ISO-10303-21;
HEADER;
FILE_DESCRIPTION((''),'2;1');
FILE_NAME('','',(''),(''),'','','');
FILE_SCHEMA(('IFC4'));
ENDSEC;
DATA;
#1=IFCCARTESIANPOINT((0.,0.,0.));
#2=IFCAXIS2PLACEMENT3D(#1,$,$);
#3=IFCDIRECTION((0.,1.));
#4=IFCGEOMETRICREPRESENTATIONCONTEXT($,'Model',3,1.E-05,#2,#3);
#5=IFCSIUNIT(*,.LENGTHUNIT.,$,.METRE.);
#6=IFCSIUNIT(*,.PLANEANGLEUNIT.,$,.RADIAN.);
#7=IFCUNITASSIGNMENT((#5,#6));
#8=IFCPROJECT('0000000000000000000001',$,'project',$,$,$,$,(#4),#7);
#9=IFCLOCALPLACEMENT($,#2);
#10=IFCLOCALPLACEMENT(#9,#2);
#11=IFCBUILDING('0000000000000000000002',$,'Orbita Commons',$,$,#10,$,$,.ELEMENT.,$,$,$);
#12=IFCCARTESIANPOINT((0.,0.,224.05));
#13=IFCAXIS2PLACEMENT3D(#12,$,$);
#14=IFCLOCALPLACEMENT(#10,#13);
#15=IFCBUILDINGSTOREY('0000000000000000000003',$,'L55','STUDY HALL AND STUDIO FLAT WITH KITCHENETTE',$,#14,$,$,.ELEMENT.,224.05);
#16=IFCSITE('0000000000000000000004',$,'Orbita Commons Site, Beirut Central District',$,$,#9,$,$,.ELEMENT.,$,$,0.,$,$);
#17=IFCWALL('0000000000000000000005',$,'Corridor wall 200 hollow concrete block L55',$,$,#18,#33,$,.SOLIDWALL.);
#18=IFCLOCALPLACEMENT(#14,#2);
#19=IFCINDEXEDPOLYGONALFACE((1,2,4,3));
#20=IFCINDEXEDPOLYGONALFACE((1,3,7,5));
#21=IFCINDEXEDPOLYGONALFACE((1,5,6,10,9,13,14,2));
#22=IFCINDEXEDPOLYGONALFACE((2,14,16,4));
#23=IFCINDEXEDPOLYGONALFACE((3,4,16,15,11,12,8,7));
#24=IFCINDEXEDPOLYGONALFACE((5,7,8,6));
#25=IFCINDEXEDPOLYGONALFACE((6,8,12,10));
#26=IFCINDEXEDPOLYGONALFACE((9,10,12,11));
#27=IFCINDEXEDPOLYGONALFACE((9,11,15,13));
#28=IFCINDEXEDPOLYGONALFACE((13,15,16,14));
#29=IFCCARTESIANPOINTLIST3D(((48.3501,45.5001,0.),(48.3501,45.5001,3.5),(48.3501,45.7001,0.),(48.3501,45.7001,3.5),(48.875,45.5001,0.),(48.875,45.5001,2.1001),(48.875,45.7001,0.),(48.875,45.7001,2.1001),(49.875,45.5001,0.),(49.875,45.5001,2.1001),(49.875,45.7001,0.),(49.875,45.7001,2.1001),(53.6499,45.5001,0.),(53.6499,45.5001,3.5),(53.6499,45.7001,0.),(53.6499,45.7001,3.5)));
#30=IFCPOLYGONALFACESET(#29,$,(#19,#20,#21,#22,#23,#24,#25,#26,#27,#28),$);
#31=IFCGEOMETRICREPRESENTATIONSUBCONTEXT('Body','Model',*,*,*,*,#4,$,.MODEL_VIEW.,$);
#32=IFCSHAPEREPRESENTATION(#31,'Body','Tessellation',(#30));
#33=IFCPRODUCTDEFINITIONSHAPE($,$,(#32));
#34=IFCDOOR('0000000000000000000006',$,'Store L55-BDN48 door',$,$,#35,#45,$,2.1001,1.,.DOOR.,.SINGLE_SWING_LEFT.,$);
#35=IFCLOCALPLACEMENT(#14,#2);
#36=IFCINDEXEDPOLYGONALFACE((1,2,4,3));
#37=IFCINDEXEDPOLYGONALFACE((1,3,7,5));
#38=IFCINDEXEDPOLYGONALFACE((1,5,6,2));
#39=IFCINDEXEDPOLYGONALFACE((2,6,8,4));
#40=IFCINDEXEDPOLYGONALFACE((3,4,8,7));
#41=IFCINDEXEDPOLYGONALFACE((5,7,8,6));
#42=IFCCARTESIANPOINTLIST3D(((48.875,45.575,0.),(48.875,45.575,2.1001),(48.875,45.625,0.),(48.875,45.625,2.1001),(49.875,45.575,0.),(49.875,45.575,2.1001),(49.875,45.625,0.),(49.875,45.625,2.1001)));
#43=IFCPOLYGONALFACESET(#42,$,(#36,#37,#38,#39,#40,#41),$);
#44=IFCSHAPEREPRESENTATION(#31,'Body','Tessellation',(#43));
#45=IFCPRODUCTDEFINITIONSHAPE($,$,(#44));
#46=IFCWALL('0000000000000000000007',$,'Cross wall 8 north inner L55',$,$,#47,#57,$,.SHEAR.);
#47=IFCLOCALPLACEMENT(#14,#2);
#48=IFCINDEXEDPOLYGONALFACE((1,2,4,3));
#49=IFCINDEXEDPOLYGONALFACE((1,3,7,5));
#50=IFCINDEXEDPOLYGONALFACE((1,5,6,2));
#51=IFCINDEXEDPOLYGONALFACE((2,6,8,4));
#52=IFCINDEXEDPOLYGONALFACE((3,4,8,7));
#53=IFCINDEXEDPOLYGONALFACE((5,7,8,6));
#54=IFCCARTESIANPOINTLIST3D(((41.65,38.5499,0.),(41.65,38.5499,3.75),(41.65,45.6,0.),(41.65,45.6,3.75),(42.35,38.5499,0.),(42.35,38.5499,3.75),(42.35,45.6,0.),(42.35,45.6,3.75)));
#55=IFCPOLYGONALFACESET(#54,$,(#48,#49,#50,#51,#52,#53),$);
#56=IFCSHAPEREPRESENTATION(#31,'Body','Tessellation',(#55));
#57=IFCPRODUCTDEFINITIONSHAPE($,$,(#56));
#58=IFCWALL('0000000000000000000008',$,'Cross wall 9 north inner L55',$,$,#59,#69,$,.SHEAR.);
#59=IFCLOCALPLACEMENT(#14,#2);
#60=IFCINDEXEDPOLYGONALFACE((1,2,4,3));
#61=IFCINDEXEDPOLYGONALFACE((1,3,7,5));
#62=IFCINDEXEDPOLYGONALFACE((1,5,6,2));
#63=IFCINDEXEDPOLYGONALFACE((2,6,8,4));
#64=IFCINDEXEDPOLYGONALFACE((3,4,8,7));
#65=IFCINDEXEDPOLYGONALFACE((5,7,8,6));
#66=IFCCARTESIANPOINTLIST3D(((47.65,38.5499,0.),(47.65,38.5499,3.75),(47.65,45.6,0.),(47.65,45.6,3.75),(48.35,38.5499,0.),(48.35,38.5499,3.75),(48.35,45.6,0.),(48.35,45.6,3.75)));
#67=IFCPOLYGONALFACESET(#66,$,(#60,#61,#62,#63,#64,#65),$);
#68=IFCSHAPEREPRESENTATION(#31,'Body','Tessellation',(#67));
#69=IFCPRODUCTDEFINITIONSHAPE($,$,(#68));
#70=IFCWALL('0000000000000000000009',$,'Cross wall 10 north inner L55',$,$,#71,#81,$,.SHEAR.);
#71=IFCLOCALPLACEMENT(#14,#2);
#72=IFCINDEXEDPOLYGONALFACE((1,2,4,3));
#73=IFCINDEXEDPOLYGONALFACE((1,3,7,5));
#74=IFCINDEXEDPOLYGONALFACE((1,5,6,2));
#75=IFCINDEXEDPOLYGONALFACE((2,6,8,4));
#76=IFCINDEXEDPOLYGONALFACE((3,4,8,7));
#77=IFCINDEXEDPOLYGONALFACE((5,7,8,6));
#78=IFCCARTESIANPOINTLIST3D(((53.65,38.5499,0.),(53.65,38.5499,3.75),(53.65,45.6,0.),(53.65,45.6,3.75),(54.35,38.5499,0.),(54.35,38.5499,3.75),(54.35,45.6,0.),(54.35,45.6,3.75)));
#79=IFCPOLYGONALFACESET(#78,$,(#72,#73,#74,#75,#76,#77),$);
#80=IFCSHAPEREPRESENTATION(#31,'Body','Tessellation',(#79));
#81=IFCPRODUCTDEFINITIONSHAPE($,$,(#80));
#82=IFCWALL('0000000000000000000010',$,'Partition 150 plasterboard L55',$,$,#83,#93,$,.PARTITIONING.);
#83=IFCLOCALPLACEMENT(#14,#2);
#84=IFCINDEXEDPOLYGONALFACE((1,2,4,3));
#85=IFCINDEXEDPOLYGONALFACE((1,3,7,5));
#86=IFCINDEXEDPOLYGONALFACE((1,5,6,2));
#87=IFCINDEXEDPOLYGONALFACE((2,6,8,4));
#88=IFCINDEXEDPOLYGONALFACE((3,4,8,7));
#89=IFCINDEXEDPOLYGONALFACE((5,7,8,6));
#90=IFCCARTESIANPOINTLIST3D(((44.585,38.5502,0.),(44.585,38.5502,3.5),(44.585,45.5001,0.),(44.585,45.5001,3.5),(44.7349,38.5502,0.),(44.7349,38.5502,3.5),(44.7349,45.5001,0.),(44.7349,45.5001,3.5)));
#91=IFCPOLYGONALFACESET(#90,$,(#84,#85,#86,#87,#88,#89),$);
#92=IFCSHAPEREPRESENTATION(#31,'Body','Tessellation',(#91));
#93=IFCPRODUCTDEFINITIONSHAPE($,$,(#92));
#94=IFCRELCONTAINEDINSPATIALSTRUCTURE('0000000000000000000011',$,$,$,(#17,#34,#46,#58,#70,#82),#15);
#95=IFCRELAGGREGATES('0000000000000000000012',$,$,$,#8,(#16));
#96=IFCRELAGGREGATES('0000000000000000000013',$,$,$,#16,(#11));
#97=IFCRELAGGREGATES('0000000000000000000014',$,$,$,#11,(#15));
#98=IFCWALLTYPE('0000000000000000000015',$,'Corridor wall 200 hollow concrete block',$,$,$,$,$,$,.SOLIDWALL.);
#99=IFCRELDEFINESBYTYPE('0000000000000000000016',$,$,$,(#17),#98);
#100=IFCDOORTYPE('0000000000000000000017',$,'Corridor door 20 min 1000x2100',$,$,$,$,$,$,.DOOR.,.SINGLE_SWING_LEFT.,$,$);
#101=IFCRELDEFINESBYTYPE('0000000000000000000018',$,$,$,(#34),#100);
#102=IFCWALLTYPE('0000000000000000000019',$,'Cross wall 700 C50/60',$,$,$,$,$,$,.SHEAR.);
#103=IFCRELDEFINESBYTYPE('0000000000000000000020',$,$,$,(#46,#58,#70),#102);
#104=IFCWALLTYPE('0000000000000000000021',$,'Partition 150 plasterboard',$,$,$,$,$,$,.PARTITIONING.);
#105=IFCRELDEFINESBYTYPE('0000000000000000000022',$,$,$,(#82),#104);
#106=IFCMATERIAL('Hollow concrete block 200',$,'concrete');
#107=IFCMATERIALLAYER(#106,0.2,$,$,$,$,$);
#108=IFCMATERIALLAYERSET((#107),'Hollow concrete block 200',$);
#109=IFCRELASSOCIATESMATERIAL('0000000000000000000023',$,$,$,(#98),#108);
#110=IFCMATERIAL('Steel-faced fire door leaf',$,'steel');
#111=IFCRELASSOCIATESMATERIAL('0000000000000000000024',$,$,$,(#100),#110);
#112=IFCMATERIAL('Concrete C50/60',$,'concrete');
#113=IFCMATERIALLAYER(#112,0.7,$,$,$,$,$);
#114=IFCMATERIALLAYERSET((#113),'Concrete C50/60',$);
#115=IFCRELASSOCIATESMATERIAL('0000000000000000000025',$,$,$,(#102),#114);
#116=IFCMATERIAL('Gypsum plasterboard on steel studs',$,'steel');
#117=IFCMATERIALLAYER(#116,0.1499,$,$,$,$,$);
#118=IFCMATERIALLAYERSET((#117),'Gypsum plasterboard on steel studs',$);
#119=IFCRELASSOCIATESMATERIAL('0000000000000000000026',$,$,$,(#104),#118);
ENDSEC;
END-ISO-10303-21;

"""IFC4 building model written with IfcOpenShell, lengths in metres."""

from ifc_helpers import new_model, si_unit, direction, frame, frame_2d, origin, place, context, subcontext, project, spatial, rectangle, extrude, material, layer, layer_set, type_object, element, fill, save


model = new_model("IFC4")

# Units and contexts
model_context = context("Model", 3, precision=1e-05, world=origin(), true_north=direction((0.0, 1.0)))
body_context = subcontext(model_context, "Body", "Model", "MODEL_VIEW")
ifc_project = project(units=[si_unit("LENGTHUNIT", "METRE"), si_unit("PLANEANGLEUNIT", "RADIAN")], contexts=[model_context])

# Site, building, storey
site_placement = place(None, origin())
site = spatial("IfcSite", under=ifc_project, at=site_placement, Name="Orbita Commons Site, Beirut Central District", CompositionType="ELEMENT", RefElevation=0.0)
building_placement = place(site_placement, origin())
building = spatial("IfcBuilding", under=site, at=building_placement, Name="Orbita Commons", CompositionType="ELEMENT")
storey_placement = place(building_placement, frame((0.0, 0.0, 224.05)))
storey = spatial("IfcBuildingStorey", under=building, at=storey_placement, Name="L55", Description="STUDY HALL AND STUDIO FLAT WITH KITCHENETTE", CompositionType="ELEMENT", Elevation=224.05)

# Shared definitions
ifc_material_1 = material(Name="Hollow concrete block 200", Category="concrete")
ifc_layer_1 = layer(ifc_material_1, 0.2)
ifc_layer_set_1 = layer_set([ifc_layer_1], Name="Hollow concrete block 200")
wall_type_1 = type_object("IfcWallType", Name="Corridor wall 200 hollow concrete block", PredefinedType="SOLIDWALL", material=ifc_layer_set_1)

# Wall, opening, door
wall_1_placement = place(storey_placement, frame((48.3501, 45.6001, 0.0), z_axis=(0.0, 0.0, 1.0), x_axis=(1.0, 0.0, 0.0)))
wall_1 = element("IfcWall", 1, at=wall_1_placement, inside=storey, type_object=wall_type_1, Name="Corridor wall 200 hollow concrete block L55", PredefinedType="SOLIDWALL", context=body_context, shape_type="SweptSolid", body=[
    extrude(rectangle(XDim=5.2998, YDim=0.2, at=frame_2d((2.6499, 0.0))), origin(), (0.0, 0.0, 1.0), 3.5),
])
opening_1_placement = place(wall_1_placement, frame((0.5249, 0.0, 0.0)))
opening_1 = element("IfcOpeningElement", 2, at=opening_1_placement, cuts=wall_1, PredefinedType="OPENING", context=body_context, shape_type="SweptSolid", body=[
    extrude(rectangle(XDim=1.0, YDim=2.1001, at=frame_2d((0.5, 1.05))), frame((0.0, 0.1099, 0.0), z_axis=(0.0, -1.0, 0.0), x_axis=(1.0, 0.0, 0.0)), (0.0, 0.0, 1.0), 0.22),
])
ifc_material_2 = material(Name="Steel-faced fire door leaf", Category="steel")
door_type_1 = type_object("IfcDoorType", Name="Corridor door 20 min 1000x2100", OperationType="SINGLE_SWING_LEFT", PredefinedType="DOOR", material=ifc_material_2)
door_1_placement = place(opening_1_placement, origin())
door_1 = element("IfcDoor", 3, at=door_1_placement, inside=storey, type_object=door_type_1, Name="Store L55-BDN48 door", OperationType="SINGLE_SWING_LEFT", OverallHeight=2.1001, OverallWidth=1.0, PredefinedType="DOOR", context=body_context, shape_type="SweptSolid", body=[
    extrude(rectangle(XDim=1.0, YDim=2.1001, at=frame_2d((0.5, 1.05))), frame((0.0, 0.0249, 0.0), z_axis=(0.0, -1.0, 0.0), x_axis=(1.0, 0.0, 0.0)), (0.0, 0.0, 1.0), 0.05),
])
fill(opening_1, door_1)

# Walls
ifc_material_3 = material(Name="Concrete C50/60", Category="concrete")
ifc_layer_2 = layer(ifc_material_3, 0.7)
ifc_layer_set_2 = layer_set([ifc_layer_2], Name="Concrete C50/60")
wall_type_2 = type_object("IfcWallType", Name="Cross wall 700 C50/60", PredefinedType="SHEAR", material=ifc_layer_set_2)
for number, where, z_axis, x_axis, name in (
    (4, (42.0, 38.55, 0.0), (0.0, 0.0, 1.0), (0.0, 1.0, 0.0), "Cross wall 8 north inner L55"),
    (5, (48.0, 38.55, 0.0), (0.0, 0.0, 1.0), (0.0, 1.0, 0.0), "Cross wall 9 north inner L55"),
    (6, (54.0, 38.55, 0.0), (0.0, 0.0, 1.0), (0.0, 1.0, 0.0), "Cross wall 10 north inner L55"),
):
    element("IfcWall", number, at=place(storey_placement, frame(where, z_axis=z_axis, x_axis=x_axis)), inside=storey, type_object=wall_type_2, Name=name, PredefinedType="SHEAR", context=body_context, shape_type="SweptSolid", body=[
        extrude(rectangle(XDim=7.05, YDim=0.7, at=frame_2d((3.5249, 0.0))), origin(), (0.0, 0.0, 1.0), 3.75),
    ])
ifc_material_4 = material(Name="Gypsum plasterboard on steel studs", Category="steel")
ifc_layer_3 = layer(ifc_material_4, 0.1499)
ifc_layer_set_3 = layer_set([ifc_layer_3], Name="Gypsum plasterboard on steel studs")
wall_type_3 = type_object("IfcWallType", Name="Partition 150 plasterboard", PredefinedType="PARTITIONING", material=ifc_layer_set_3)
wall_2_placement = place(storey_placement, frame((44.6599, 38.55, 0.0), z_axis=(0.0, 0.0, 1.0), x_axis=(0.0, 1.0, 0.0)))
element("IfcWall", 7, at=wall_2_placement, inside=storey, type_object=wall_type_3, Name="Partition 150 plasterboard L55", PredefinedType="PARTITIONING", context=body_context, shape_type="SweptSolid", body=[
    extrude(rectangle(XDim=6.95, YDim=0.1499, at=frame_2d((3.4751, 0.0))), origin(), (0.0, 0.0, 1.0), 3.5),
])

save(model, "model.ifc")
